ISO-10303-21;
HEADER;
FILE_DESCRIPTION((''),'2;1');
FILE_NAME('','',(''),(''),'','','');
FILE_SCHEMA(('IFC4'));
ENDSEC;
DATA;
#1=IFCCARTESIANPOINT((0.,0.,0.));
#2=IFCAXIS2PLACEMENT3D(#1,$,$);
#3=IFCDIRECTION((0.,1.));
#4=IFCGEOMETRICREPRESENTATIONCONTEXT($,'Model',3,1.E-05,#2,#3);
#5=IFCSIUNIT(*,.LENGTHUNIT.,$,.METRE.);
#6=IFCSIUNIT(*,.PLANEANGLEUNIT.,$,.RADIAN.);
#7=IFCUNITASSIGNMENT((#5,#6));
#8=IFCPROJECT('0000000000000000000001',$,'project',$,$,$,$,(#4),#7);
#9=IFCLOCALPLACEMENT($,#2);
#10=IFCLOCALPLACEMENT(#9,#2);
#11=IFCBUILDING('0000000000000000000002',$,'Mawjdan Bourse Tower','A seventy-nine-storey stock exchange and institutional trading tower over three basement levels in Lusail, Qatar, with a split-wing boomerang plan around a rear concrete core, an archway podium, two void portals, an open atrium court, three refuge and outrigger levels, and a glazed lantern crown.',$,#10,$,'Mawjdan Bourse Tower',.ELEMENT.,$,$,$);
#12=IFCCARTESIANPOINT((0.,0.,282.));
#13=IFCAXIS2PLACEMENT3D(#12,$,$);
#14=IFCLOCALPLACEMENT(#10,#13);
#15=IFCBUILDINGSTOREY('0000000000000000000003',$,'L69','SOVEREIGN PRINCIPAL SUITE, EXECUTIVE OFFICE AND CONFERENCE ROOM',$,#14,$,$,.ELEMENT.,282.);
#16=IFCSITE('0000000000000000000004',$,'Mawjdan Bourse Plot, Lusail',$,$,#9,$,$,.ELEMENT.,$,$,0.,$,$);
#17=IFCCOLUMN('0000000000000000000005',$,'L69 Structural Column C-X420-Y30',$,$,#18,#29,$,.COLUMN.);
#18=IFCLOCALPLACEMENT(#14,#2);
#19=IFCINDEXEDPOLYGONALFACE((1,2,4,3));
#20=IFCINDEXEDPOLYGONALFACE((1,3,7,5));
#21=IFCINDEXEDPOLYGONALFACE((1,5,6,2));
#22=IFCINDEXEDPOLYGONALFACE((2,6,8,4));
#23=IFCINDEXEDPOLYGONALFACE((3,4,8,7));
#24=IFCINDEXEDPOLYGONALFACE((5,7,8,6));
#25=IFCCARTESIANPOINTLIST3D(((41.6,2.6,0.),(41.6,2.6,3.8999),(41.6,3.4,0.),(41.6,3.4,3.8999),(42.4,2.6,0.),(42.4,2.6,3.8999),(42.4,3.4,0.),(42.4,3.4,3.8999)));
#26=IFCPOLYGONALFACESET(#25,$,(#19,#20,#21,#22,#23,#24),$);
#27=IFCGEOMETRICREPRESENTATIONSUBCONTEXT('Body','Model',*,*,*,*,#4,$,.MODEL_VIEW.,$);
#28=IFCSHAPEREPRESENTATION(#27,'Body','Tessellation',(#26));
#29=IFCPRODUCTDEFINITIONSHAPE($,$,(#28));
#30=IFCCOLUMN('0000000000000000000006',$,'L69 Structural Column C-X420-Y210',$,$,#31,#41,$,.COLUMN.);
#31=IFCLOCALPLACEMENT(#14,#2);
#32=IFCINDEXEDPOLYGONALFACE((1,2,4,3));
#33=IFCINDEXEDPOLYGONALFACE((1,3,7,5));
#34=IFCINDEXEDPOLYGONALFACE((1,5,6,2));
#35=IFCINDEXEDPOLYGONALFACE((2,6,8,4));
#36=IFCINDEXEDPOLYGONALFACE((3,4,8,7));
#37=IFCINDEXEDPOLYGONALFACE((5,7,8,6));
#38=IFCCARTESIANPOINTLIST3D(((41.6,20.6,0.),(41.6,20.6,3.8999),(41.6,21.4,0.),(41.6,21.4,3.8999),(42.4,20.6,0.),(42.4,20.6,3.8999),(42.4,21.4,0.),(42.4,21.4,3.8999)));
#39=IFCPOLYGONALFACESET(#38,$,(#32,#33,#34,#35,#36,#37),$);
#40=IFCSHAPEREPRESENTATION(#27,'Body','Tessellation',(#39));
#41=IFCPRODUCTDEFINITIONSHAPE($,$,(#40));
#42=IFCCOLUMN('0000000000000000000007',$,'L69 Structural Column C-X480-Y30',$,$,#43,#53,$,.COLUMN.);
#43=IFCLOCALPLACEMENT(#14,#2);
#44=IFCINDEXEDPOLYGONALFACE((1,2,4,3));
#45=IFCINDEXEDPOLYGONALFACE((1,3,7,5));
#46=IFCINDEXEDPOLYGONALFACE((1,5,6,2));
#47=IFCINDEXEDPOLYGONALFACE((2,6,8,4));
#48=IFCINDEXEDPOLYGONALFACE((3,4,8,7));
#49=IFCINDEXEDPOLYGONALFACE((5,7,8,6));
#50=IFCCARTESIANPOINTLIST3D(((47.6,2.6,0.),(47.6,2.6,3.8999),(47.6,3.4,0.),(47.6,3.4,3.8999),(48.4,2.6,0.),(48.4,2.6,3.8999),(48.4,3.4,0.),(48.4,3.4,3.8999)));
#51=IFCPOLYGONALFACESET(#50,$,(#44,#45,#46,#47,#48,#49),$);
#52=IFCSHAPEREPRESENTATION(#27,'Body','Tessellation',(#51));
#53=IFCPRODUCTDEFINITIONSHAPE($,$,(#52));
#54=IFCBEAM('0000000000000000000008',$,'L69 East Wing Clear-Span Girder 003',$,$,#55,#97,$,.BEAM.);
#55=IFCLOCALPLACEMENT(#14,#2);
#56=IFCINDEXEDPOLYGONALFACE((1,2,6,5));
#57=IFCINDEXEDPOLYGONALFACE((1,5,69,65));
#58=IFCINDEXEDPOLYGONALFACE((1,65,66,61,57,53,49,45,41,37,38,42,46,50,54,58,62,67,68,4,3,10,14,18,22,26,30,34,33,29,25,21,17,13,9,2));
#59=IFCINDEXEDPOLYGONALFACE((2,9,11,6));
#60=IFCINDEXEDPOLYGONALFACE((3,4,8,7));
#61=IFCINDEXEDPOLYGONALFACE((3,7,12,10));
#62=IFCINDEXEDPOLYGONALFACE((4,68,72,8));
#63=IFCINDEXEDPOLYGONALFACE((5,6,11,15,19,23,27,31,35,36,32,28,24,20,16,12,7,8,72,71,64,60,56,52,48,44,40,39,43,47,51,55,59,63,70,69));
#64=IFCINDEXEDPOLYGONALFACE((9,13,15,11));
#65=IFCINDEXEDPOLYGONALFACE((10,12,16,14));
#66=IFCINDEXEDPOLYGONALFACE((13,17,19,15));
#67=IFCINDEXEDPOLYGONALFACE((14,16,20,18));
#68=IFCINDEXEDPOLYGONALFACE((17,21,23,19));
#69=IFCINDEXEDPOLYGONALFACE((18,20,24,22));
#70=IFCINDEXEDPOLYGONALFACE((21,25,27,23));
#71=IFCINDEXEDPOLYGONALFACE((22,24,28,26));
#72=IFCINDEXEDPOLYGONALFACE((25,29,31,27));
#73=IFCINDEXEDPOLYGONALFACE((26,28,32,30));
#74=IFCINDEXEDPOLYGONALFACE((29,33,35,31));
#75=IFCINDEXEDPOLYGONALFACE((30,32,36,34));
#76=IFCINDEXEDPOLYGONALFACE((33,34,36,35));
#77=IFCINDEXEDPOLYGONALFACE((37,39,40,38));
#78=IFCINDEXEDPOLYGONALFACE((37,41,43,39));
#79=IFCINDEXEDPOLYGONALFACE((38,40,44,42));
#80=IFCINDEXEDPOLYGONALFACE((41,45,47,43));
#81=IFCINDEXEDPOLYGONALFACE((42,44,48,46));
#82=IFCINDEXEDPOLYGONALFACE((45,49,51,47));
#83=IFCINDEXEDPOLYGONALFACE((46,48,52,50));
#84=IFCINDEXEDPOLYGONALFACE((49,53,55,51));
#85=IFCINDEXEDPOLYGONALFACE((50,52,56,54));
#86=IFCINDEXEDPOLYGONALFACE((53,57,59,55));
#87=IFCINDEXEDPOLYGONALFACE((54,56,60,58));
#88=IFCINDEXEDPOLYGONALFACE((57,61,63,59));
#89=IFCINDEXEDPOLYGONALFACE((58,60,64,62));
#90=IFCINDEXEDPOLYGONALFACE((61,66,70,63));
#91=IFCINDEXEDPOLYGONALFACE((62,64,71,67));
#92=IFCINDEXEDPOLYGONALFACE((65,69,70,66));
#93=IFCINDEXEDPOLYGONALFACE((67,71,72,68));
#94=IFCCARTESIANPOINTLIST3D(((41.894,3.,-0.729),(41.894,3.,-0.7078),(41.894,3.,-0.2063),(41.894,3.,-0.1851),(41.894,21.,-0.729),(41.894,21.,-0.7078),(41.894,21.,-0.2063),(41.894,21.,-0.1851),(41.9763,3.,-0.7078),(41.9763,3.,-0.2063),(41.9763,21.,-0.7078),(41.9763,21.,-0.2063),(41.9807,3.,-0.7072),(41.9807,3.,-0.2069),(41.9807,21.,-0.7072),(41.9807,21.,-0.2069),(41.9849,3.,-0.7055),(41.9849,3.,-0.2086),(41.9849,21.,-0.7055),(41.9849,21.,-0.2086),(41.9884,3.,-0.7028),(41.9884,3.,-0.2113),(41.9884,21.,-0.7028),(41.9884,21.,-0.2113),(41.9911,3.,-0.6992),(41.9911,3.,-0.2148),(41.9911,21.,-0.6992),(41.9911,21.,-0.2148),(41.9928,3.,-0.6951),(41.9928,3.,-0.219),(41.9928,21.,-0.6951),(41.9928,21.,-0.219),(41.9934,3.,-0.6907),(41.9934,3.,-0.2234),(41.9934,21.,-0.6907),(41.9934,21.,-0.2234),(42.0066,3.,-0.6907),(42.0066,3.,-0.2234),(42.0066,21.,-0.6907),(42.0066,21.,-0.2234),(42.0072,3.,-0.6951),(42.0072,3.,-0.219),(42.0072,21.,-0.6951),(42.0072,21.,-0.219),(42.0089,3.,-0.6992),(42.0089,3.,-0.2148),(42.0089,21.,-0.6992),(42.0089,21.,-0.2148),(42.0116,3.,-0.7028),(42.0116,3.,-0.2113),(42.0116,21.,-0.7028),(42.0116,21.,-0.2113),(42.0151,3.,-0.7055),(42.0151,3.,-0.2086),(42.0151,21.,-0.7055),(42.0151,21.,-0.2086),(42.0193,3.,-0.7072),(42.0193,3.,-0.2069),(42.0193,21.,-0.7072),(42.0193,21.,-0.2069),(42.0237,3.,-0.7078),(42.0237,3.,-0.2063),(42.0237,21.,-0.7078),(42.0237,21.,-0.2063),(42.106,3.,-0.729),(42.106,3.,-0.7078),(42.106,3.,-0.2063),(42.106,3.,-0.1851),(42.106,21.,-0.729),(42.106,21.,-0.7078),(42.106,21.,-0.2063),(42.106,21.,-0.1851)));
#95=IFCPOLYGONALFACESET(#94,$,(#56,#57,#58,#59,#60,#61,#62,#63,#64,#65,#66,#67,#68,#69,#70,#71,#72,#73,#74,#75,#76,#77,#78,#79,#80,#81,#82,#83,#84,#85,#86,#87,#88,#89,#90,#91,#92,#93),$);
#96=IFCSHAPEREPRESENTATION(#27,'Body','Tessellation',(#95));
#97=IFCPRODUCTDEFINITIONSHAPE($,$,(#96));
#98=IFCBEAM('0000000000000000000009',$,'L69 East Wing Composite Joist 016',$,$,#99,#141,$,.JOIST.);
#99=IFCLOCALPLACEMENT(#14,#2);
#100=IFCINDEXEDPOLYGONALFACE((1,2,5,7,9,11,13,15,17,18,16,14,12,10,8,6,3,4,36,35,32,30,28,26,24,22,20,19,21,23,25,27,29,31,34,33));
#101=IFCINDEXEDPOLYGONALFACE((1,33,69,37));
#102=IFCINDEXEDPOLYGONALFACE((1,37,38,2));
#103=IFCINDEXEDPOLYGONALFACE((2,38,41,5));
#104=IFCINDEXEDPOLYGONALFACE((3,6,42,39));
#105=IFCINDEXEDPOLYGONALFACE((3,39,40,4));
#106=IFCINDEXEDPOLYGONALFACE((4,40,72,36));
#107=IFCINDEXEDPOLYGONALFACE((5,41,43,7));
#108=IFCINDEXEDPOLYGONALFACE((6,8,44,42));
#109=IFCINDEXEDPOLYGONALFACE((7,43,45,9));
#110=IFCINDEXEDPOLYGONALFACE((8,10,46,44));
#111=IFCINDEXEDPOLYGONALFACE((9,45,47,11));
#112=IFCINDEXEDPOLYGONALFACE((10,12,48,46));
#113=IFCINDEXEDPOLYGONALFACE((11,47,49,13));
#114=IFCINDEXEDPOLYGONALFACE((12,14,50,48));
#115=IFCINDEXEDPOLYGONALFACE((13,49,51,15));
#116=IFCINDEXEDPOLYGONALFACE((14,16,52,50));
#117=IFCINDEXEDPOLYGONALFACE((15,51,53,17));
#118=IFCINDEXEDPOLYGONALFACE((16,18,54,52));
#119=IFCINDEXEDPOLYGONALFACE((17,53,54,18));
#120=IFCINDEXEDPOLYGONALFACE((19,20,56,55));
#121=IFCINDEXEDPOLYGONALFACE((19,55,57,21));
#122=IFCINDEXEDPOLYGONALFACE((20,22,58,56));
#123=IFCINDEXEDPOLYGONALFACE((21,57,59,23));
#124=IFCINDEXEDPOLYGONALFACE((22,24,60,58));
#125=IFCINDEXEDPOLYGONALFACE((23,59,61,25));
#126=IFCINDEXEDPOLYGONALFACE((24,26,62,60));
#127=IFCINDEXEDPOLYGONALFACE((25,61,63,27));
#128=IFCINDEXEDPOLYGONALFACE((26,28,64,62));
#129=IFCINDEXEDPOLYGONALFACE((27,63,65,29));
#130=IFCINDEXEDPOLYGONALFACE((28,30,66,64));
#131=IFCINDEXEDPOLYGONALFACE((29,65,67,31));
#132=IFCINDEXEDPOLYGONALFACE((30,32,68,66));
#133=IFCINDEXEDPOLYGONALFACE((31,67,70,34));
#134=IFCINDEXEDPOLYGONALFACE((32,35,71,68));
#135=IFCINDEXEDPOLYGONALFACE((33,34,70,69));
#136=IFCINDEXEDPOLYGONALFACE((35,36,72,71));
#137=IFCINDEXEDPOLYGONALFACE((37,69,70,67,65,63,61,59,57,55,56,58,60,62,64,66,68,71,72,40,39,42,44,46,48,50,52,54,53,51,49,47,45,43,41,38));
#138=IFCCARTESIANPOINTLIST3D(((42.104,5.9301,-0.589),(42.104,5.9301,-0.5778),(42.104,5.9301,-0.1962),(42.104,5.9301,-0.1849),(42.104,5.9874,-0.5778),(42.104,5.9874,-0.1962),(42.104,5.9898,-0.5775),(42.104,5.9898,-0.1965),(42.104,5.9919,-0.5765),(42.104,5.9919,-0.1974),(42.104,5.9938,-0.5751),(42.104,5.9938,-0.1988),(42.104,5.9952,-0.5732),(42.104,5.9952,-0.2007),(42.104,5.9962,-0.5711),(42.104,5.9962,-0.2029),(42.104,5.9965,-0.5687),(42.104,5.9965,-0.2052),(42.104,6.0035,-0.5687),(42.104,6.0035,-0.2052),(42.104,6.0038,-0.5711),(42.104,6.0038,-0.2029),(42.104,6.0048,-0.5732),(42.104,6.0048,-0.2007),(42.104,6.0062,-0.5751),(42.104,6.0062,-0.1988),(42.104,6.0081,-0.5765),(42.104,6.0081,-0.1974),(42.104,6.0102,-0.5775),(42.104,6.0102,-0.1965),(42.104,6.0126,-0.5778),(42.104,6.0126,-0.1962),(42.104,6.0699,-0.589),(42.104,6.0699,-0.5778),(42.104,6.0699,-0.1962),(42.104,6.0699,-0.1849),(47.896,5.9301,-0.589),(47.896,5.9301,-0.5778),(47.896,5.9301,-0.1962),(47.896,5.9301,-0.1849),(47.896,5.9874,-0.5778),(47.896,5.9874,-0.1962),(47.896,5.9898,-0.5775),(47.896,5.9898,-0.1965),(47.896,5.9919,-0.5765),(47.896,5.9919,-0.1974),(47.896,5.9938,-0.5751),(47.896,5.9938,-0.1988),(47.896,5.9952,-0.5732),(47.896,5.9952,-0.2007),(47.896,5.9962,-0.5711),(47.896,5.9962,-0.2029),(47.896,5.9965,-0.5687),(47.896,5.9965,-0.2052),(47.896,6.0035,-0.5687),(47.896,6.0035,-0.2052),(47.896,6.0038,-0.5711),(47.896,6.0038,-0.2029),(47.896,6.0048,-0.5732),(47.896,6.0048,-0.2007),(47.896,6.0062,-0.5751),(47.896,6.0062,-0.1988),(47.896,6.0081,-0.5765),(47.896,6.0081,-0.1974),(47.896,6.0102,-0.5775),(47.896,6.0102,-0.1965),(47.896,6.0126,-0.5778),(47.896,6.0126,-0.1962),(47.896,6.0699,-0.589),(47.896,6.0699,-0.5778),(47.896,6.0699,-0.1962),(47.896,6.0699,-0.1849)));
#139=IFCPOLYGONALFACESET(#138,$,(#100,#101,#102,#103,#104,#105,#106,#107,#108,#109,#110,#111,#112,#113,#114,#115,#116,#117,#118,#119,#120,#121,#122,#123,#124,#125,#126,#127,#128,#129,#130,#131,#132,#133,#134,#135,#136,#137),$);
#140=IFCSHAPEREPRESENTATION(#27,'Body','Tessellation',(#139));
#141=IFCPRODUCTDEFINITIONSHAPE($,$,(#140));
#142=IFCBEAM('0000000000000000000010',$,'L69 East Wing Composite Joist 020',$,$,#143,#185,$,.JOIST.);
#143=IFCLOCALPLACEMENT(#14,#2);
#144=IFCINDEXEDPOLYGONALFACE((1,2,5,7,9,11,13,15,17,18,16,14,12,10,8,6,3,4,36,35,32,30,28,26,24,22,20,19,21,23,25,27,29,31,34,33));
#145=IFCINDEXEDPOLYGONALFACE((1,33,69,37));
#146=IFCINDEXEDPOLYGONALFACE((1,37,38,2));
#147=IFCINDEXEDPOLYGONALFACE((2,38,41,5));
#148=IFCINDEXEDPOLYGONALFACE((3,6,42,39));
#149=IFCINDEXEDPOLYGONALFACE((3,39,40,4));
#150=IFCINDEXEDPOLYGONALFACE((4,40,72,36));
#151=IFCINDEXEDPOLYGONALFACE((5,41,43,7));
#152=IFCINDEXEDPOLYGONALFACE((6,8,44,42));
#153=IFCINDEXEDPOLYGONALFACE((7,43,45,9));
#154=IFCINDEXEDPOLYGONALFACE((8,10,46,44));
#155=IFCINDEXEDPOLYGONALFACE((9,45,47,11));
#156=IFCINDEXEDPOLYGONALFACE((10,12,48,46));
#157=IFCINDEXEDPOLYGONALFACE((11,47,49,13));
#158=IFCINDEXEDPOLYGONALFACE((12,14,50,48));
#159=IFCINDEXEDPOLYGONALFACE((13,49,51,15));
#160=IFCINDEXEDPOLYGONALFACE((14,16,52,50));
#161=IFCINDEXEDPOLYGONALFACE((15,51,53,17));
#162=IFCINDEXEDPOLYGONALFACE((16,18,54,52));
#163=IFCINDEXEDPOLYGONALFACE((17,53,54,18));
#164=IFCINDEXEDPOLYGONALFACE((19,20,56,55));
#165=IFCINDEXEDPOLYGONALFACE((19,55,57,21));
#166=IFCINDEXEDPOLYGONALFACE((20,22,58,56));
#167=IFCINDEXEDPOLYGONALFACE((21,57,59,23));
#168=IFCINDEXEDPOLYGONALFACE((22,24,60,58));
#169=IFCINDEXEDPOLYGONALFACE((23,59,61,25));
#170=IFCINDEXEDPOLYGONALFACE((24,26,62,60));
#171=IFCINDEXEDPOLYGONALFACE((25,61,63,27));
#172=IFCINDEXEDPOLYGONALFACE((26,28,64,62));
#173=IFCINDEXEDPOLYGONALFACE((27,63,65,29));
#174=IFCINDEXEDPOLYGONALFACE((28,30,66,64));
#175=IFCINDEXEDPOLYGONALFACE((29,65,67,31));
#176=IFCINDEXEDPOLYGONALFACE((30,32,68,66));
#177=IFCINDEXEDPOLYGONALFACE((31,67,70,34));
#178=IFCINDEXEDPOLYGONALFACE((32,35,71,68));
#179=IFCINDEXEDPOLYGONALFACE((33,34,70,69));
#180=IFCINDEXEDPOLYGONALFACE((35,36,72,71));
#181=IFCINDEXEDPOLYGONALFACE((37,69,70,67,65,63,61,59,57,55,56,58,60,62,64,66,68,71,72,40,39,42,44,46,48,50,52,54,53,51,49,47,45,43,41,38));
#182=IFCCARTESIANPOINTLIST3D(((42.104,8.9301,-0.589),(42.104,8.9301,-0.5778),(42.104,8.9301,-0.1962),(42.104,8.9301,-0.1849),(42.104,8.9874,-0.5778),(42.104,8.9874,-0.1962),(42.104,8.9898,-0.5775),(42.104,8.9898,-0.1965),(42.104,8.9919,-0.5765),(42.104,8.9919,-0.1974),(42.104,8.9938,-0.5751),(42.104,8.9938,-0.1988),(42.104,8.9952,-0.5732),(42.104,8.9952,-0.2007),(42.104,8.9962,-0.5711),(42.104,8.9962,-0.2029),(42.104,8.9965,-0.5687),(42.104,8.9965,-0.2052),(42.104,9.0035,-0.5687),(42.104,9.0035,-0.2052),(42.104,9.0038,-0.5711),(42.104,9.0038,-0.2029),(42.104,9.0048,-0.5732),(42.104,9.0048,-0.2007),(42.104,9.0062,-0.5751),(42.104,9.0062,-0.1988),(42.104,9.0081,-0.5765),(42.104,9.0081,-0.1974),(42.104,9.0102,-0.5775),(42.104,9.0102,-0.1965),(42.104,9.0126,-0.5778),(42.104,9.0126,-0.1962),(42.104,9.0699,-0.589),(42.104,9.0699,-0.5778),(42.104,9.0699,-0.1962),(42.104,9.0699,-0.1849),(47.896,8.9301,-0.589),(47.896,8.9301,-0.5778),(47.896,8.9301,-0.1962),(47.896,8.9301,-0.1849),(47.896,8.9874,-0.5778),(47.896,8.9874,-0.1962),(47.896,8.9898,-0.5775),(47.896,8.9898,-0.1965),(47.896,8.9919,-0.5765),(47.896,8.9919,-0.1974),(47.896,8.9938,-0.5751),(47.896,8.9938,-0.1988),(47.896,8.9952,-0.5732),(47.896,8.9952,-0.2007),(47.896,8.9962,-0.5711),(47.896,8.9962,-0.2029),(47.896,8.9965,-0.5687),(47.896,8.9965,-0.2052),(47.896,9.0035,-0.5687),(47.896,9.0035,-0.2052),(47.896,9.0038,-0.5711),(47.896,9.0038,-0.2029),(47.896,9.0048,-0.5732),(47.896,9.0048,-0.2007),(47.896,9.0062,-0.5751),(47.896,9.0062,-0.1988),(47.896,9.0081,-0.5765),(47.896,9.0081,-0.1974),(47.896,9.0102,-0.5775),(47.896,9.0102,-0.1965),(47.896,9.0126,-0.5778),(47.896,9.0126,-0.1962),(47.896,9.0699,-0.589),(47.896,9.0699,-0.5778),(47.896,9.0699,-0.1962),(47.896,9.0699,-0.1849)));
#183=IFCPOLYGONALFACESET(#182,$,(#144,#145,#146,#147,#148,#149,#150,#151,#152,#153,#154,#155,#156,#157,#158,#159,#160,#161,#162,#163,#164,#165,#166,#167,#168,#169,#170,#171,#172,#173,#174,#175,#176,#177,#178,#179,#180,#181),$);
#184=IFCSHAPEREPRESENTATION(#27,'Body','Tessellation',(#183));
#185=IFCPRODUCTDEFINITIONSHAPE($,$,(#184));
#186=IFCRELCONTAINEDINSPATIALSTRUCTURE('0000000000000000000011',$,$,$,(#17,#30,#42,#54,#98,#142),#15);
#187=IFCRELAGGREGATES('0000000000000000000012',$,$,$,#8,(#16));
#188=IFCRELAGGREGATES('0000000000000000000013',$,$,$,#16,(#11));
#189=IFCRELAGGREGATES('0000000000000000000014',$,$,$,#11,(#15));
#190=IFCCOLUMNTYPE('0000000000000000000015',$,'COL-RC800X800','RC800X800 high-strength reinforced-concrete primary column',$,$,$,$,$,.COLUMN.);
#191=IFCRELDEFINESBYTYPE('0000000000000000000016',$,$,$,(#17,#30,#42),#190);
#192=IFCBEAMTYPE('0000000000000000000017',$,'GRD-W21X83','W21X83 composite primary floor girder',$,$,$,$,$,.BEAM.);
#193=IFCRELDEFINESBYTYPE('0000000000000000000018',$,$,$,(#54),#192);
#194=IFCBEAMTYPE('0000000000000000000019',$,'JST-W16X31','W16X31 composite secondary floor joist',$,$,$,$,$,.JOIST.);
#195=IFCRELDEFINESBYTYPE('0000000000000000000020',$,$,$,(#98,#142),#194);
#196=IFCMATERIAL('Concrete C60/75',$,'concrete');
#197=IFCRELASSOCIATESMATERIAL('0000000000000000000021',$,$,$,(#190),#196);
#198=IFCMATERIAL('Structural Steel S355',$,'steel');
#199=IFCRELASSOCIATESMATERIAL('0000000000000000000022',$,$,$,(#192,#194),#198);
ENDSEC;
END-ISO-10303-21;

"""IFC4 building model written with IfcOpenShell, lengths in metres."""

from ifc_helpers import new_model, si_unit, direction, frame, origin, origin_2d, place, context, subcontext, project, spatial, rectangle, i_section, extrude, material, material_profile, profile_set, type_object, element, save


model = new_model("IFC4")

# Units and contexts
model_context = context("Model", 3, precision=1e-05, world=origin(), true_north=direction((0.0, 1.0)))
body_context = subcontext(model_context, "Body", "Model", "MODEL_VIEW")
ifc_project = project(units=[si_unit("LENGTHUNIT", "METRE"), si_unit("PLANEANGLEUNIT", "RADIAN")], contexts=[model_context])

# Site, building, storey
site_placement = place(None, origin())
site = spatial("IfcSite", under=ifc_project, at=site_placement, Name="Mawjdan Bourse Plot, Lusail", CompositionType="ELEMENT", RefElevation=0.0)
building_placement = place(site_placement, origin())
building = spatial("IfcBuilding", under=site, at=building_placement, Name="Mawjdan Bourse Tower", Description="A seventy-nine-storey stock exchange and institutional trading tower over three basement levels in Lusail, Qatar, with a split-wing boomerang plan around a rear concrete core, an archway podium, two void portals, an open atrium court, three refuge and outrigger levels, and a glazed lantern crown.", LongName="Mawjdan Bourse Tower", CompositionType="ELEMENT")
storey_placement = place(building_placement, frame((0.0, 0.0, 282.0)))
storey = spatial("IfcBuildingStorey", under=building, at=storey_placement, Name="L69", Description="SOVEREIGN PRINCIPAL SUITE, EXECUTIVE OFFICE AND CONFERENCE ROOM", CompositionType="ELEMENT", Elevation=282.0)

# Columns
ifc_material_1 = material(Name="Concrete C60/75", Category="concrete")
ifc_material_profile_1 = material_profile(ifc_material_1, rectangle(XDim=0.8, YDim=0.8, at=origin_2d()), Name="RC800X800")
ifc_profile_set_1 = profile_set([ifc_material_profile_1], Name="Concrete C60/75")
column_type = type_object("IfcColumnType", Name="COL-RC800X800", Description="RC800X800 high-strength reinforced-concrete primary column", PredefinedType="COLUMN", material=ifc_profile_set_1)
for number, where, z_axis, x_axis, name in (
    (1, (42.0, 3.0, 0.0), (0.0, 0.0, 1.0), (1.0, 0.0, 0.0), "L69 Structural Column C-X420-Y30"),
    (2, (42.0, 21.0, 0.0), (0.0, 0.0, 1.0), (1.0, 0.0, 0.0), "L69 Structural Column C-X420-Y210"),
    (3, (48.0, 3.0, 0.0), (0.0, 0.0, 1.0), (1.0, 0.0, 0.0), "L69 Structural Column C-X480-Y30"),
):
    element("IfcColumn", number, at=place(storey_placement, frame(where, z_axis=z_axis, x_axis=x_axis)), inside=storey, type_object=column_type, Name=name, PredefinedType="COLUMN", context=body_context, shape_type="SweptSolid", body=[
        extrude(rectangle(XDim=0.8, YDim=0.8, at=origin_2d()), origin(), (0.0, 0.0, 1.0), 3.8999),
    ])

# Beams
ifc_material_2 = material(Name="Structural Steel S355", Category="steel")
ifc_material_profile_2 = material_profile(ifc_material_2, i_section(OverallWidth=0.2119, OverallDepth=0.5439, WebThickness=0.0132, FlangeThickness=0.0212, FilletRadius=0.0171, at=origin_2d()), Name="W21X83")
ifc_profile_set_2 = profile_set([ifc_material_profile_2], Name="Structural Steel S355")
beam_type_1 = type_object("IfcBeamType", Name="GRD-W21X83", Description="W21X83 composite primary floor girder", PredefinedType="BEAM", material=ifc_profile_set_2)
beam_1_placement = place(storey_placement, frame((42.0, 3.0, -0.457), z_axis=(0.0, 1.0, 0.0), x_axis=(-1.0, 0.0, 0.0)))
element("IfcBeam", 4, at=beam_1_placement, inside=storey, type_object=beam_type_1, Name="L69 East Wing Clear-Span Girder 003", PredefinedType="BEAM", context=body_context, shape_type="SweptSolid", body=[
    extrude(i_section(OverallWidth=0.2119, OverallDepth=0.5439, WebThickness=0.0132, FlangeThickness=0.0212, FilletRadius=0.0171, at=origin_2d()), origin(), (0.0, 0.0, 1.0), 18.0),
])
ifc_material_profile_3 = material_profile(ifc_material_2, i_section(OverallWidth=0.1399, OverallDepth=0.4041, WebThickness=0.0071, FlangeThickness=0.0112, FilletRadius=0.009, at=origin_2d()), Name="W16X31")
ifc_profile_set_3 = profile_set([ifc_material_profile_3], Name="Structural Steel S355")
beam_type_2 = type_object("IfcBeamType", Name="JST-W16X31", Description="W16X31 composite secondary floor joist", PredefinedType="JOIST", material=ifc_profile_set_3)
for number, where, z_axis, x_axis, name in (
    (5, (42.104, 6.0, -0.387), (1.0, 0.0, 0.0), (0.0, 1.0, 0.0), "L69 East Wing Composite Joist 016"),
    (6, (42.104, 9.0, -0.387), (1.0, 0.0, 0.0), (0.0, 1.0, 0.0), "L69 East Wing Composite Joist 020"),
):
    element("IfcBeam", number, at=place(storey_placement, frame(where, z_axis=z_axis, x_axis=x_axis)), inside=storey, type_object=beam_type_2, Name=name, PredefinedType="JOIST", context=body_context, shape_type="SweptSolid", body=[
        extrude(i_section(OverallWidth=0.1399, OverallDepth=0.4041, WebThickness=0.0071, FlangeThickness=0.0112, FilletRadius=0.009, at=origin_2d()), origin(), (0.0, 0.0, 1.0), 5.792),
    ])

save(model, "model.ifc")
